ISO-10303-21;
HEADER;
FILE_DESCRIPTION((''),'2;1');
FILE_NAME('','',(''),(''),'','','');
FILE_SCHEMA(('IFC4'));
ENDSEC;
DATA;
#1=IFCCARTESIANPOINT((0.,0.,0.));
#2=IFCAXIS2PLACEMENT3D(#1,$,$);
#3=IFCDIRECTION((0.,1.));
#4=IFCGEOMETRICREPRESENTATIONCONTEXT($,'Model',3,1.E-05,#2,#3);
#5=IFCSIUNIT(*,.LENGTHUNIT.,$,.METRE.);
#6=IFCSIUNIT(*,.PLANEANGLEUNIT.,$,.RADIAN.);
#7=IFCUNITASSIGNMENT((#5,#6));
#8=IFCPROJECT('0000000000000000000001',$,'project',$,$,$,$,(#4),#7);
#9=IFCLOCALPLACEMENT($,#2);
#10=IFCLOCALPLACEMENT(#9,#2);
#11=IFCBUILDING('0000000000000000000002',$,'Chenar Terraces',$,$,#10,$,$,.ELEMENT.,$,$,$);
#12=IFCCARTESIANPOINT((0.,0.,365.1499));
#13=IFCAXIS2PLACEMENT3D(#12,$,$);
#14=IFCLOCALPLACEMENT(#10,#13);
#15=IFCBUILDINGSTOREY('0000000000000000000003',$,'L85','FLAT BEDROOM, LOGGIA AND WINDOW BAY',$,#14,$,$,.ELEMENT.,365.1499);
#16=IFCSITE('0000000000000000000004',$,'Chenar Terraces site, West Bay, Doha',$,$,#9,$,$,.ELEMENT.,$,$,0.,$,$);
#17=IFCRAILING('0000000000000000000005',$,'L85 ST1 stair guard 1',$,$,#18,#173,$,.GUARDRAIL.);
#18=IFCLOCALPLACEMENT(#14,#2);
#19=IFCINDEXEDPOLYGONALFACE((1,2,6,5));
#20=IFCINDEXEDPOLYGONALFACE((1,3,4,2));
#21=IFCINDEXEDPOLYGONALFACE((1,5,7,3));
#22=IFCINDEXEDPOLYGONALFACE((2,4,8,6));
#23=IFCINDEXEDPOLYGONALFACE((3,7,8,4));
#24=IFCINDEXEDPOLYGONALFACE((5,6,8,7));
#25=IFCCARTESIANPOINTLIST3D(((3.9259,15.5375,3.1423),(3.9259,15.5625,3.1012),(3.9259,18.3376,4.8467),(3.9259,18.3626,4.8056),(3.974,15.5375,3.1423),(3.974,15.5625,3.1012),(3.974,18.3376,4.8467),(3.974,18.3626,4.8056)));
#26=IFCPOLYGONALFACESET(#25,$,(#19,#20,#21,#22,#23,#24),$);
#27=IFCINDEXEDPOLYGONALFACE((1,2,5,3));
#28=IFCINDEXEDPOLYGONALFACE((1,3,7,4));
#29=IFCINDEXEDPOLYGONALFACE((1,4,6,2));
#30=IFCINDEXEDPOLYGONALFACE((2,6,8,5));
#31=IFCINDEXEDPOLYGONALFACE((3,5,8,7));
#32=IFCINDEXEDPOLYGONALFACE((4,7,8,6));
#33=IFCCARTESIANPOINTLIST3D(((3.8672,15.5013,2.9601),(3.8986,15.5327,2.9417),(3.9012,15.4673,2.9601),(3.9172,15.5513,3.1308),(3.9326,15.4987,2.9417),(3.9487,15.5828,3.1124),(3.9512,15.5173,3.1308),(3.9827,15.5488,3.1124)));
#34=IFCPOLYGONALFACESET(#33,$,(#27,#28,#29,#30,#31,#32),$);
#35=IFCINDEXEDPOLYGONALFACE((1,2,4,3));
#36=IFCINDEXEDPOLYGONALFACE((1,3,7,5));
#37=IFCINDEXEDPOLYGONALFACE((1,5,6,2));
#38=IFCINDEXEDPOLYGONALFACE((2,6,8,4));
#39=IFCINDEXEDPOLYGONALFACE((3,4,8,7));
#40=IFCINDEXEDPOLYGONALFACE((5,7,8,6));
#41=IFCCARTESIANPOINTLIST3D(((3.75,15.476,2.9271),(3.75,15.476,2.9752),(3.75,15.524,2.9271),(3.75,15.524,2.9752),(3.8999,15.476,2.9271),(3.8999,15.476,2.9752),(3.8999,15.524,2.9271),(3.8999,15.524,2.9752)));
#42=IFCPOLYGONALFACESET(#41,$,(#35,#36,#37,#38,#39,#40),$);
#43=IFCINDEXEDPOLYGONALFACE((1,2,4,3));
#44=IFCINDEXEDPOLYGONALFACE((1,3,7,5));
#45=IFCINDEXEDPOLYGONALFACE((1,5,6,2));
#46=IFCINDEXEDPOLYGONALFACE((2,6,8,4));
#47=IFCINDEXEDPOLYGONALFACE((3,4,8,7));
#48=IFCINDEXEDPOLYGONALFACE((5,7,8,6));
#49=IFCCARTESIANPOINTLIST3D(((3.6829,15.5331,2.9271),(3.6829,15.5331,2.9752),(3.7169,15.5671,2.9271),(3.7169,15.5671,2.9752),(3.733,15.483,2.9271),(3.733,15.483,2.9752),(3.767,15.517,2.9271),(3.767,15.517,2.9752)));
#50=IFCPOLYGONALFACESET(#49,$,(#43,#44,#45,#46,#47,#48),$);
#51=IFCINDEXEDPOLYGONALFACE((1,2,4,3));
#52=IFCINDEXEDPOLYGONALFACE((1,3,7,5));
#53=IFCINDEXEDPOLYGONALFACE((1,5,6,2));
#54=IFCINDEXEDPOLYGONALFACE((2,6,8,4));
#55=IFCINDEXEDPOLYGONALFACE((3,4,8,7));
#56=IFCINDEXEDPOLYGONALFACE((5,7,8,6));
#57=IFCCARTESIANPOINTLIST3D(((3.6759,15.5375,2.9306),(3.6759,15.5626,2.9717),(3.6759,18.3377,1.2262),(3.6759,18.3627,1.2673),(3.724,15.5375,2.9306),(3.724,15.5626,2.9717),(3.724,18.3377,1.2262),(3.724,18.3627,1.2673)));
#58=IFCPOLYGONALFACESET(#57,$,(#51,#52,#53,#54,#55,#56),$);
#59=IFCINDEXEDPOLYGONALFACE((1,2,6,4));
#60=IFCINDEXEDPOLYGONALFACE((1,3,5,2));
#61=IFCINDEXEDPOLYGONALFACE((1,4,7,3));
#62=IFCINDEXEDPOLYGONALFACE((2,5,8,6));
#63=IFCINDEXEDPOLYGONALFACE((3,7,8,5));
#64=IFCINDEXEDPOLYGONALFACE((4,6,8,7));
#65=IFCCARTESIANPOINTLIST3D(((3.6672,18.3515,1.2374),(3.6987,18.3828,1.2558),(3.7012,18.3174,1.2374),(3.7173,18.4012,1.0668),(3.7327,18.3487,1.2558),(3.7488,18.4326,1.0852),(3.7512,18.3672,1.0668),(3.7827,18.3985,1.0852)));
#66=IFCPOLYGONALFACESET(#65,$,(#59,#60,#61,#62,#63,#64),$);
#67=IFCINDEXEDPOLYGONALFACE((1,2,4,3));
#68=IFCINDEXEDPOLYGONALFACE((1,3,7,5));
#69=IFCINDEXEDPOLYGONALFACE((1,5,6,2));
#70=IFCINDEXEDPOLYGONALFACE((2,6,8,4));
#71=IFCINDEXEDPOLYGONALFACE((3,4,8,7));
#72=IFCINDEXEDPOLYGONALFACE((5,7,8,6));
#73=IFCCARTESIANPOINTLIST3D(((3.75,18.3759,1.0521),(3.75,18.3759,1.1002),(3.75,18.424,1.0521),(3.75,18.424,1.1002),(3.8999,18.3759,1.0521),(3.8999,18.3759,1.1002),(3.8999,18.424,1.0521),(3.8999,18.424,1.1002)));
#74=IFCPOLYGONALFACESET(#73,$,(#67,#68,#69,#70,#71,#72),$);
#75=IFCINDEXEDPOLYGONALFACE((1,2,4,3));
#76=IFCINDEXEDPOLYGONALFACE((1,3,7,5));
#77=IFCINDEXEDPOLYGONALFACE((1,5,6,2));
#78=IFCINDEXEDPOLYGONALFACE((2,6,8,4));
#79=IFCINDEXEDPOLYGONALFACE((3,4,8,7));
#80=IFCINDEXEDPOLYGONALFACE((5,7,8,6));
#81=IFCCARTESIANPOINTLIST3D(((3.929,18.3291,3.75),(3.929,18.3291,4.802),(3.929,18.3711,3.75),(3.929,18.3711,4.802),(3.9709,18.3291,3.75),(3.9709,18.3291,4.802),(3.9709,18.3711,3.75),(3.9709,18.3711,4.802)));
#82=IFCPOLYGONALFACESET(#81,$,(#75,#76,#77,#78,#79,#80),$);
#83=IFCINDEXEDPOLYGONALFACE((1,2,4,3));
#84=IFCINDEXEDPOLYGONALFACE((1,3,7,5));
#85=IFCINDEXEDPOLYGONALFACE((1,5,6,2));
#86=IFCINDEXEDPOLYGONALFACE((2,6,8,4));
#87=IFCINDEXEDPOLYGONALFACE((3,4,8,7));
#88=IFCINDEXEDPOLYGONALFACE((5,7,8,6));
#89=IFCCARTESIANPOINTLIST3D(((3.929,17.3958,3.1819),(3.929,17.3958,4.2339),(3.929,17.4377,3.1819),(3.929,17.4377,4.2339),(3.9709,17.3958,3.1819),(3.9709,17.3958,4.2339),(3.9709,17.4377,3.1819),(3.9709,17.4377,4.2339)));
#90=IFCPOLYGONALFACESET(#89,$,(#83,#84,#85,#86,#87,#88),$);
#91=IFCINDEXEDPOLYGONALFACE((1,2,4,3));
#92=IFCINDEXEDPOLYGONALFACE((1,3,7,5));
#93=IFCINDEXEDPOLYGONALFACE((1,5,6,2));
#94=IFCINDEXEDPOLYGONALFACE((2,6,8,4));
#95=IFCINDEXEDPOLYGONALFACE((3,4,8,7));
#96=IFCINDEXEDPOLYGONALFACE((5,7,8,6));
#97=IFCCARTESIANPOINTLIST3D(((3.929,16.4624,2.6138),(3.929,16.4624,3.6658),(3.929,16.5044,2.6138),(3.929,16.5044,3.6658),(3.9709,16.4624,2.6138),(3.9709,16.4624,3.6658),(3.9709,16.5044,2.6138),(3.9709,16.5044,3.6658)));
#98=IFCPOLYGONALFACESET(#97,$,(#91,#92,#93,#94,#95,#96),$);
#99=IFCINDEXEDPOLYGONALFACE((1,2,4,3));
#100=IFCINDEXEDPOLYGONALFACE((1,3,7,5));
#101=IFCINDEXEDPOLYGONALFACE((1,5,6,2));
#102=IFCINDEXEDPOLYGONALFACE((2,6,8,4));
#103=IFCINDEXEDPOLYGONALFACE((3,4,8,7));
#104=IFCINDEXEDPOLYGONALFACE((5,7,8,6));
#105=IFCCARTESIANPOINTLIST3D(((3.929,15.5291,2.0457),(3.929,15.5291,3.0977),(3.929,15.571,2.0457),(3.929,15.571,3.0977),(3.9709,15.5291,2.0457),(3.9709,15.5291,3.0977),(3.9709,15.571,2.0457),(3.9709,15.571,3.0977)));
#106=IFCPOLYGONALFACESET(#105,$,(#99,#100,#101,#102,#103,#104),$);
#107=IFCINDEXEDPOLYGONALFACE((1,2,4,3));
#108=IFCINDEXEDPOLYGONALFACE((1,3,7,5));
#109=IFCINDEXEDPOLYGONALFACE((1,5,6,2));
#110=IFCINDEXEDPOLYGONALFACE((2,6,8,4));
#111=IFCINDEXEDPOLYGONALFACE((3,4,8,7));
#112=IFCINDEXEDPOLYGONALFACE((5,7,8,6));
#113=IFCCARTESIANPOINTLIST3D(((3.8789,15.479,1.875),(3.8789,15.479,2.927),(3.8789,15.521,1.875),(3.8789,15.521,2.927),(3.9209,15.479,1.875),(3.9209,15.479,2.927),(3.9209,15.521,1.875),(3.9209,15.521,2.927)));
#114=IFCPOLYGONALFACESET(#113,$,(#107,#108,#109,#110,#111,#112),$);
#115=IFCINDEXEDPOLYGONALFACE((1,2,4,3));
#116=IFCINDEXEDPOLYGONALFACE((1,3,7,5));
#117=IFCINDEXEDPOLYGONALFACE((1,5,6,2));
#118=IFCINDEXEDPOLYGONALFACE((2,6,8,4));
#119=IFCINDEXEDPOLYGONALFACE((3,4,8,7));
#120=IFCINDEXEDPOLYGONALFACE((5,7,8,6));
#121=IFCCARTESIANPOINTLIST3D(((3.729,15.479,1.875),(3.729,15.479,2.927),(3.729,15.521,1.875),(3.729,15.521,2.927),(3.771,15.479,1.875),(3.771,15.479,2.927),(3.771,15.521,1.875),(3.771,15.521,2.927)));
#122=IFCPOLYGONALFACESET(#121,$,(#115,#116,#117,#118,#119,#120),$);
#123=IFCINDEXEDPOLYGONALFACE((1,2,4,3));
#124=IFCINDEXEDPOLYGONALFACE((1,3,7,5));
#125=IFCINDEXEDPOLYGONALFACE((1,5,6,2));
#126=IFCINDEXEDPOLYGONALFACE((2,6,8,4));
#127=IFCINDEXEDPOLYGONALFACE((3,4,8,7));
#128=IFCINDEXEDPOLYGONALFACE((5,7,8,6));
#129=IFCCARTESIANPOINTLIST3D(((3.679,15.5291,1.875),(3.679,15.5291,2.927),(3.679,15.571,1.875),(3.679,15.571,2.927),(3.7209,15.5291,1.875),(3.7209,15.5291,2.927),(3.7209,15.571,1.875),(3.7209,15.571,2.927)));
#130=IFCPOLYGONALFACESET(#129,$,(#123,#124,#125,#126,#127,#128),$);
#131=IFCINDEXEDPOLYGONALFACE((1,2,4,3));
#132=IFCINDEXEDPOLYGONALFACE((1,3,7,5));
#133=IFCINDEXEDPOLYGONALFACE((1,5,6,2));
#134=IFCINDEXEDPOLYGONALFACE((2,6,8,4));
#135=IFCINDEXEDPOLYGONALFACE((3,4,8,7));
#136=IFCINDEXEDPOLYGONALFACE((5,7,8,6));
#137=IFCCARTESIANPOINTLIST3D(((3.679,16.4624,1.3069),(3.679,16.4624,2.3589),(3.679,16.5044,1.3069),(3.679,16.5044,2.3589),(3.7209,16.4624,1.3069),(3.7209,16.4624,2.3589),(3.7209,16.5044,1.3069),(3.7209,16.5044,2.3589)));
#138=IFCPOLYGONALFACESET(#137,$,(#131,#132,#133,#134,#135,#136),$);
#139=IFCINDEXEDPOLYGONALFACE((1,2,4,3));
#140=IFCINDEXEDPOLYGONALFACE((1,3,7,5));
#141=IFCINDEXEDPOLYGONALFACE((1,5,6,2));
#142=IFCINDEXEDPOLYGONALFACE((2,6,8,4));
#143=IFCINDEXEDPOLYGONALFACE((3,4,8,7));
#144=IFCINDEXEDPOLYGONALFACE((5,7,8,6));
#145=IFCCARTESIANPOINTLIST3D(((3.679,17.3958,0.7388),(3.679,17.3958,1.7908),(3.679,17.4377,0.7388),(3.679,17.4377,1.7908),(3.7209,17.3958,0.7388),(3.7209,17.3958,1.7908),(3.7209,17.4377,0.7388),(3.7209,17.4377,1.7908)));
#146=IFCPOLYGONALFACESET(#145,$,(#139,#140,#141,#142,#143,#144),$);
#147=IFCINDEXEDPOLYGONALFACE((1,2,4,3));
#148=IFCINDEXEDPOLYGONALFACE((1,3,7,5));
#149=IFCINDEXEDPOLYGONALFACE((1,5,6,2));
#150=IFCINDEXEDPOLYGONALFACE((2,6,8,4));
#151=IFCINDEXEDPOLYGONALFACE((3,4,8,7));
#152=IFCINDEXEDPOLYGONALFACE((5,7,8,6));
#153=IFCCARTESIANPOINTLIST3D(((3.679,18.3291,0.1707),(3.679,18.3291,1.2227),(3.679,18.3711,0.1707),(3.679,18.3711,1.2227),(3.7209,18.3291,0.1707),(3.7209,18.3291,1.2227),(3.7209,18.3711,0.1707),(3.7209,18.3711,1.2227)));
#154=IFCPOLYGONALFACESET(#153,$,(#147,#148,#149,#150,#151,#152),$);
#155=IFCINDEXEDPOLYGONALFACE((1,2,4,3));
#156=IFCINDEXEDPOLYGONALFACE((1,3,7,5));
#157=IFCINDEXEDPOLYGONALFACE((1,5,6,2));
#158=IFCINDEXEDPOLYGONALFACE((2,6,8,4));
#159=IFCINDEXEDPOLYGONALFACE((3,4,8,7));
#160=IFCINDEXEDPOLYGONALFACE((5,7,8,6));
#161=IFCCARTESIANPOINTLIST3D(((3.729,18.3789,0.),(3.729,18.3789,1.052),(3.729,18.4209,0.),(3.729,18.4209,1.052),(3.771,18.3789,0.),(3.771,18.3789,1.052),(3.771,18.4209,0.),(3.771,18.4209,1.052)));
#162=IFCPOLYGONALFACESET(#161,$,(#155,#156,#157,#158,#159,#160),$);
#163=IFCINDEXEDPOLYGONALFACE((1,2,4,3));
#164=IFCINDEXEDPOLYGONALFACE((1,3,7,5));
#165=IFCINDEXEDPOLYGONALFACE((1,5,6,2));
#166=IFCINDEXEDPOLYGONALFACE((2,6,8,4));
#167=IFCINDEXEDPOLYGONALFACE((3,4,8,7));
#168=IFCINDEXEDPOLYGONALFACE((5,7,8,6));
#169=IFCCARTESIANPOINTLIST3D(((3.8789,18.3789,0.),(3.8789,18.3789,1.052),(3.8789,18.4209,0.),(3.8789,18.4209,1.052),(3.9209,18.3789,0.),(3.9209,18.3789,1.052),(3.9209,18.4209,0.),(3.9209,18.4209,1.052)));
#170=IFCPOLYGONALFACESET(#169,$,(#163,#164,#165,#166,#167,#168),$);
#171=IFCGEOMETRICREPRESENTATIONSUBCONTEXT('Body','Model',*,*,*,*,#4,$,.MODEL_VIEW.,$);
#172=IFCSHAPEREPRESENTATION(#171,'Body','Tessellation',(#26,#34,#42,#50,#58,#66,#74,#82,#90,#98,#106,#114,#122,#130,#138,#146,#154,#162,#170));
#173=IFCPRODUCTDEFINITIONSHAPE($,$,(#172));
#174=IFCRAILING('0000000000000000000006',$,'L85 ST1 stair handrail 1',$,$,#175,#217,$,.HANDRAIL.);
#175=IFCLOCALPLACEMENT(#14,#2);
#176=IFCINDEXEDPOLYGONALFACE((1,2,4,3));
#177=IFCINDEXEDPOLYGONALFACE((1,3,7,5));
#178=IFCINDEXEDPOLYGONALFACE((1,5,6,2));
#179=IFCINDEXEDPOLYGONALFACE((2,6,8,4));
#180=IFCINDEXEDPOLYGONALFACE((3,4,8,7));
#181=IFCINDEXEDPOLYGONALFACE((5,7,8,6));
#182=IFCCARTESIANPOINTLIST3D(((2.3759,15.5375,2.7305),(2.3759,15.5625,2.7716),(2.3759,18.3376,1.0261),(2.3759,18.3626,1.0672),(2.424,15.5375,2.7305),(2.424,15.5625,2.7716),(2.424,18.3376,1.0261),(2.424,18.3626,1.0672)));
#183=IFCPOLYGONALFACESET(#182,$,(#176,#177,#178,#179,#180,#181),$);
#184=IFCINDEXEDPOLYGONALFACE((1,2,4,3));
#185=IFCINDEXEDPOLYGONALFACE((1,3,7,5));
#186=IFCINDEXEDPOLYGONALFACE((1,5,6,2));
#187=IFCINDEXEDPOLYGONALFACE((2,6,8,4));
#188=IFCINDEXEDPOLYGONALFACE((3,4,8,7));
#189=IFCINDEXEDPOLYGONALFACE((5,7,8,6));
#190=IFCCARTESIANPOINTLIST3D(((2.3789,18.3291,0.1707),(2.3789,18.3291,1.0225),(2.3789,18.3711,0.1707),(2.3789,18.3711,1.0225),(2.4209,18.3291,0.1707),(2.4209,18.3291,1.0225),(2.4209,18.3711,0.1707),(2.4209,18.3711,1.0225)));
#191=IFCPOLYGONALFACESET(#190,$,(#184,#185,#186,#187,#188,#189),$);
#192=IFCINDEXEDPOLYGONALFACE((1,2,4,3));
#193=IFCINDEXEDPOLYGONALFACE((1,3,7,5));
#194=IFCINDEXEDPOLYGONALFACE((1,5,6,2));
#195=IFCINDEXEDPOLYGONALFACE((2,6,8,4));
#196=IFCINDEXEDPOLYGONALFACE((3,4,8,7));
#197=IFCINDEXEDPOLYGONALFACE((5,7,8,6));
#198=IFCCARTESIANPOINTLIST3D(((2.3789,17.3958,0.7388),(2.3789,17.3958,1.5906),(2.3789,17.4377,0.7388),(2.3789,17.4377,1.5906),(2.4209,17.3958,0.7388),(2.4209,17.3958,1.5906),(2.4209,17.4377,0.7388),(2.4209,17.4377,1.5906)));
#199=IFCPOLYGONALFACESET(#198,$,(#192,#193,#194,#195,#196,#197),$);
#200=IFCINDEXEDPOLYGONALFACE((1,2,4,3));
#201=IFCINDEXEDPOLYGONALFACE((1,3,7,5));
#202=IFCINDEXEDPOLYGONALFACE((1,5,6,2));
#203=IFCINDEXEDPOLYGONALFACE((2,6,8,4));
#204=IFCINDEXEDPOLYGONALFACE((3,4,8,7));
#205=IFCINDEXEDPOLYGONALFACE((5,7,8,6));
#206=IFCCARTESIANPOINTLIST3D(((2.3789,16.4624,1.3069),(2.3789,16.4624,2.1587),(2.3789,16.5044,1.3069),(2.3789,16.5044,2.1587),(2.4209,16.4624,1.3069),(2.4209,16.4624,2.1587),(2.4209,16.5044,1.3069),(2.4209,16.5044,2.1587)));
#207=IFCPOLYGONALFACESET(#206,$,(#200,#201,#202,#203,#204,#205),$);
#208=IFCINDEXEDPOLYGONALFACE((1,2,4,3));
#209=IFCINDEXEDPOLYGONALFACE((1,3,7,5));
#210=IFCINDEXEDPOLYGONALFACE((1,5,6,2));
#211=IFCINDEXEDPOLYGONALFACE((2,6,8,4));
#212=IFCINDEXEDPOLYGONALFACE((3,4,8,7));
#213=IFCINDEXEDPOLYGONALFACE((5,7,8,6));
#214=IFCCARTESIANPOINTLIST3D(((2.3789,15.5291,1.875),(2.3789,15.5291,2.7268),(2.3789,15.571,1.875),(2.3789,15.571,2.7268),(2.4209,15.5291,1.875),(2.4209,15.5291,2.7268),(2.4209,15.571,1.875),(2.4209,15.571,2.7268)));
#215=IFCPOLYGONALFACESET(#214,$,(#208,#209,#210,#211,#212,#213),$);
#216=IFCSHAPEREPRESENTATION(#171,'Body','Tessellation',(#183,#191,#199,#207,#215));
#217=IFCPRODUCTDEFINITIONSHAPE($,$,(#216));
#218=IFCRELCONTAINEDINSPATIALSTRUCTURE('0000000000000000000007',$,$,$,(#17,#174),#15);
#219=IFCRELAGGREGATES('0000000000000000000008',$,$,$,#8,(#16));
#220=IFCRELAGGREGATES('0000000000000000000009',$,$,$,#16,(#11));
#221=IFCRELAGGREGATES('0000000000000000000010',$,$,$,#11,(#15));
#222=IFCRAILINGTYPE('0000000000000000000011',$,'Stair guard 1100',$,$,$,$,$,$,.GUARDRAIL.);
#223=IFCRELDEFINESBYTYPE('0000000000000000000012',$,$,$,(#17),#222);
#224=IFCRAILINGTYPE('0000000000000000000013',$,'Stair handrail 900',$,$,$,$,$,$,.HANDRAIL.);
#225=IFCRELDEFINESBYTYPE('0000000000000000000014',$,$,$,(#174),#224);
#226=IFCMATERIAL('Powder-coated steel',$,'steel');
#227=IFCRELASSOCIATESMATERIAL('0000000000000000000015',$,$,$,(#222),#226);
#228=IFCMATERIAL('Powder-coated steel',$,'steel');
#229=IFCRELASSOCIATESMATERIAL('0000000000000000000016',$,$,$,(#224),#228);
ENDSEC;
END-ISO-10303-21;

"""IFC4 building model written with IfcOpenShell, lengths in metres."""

from ifc_helpers import new_model, si_unit, direction, frame, origin, origin_2d, place, context, subcontext, project, spatial, rectangle, extrude, material, type_object, element, save


model = new_model("IFC4")

# Units and contexts
model_context = context("Model", 3, precision=1e-05, world=origin(), true_north=direction((0.0, 1.0)))
body_context = subcontext(model_context, "Body", "Model", "MODEL_VIEW")
ifc_project = project(units=[si_unit("LENGTHUNIT", "METRE"), si_unit("PLANEANGLEUNIT", "RADIAN")], contexts=[model_context])

# Site, building, storey
site_placement = place(None, origin())
site = spatial("IfcSite", under=ifc_project, at=site_placement, Name="Chenar Terraces site, West Bay, Doha", CompositionType="ELEMENT", RefElevation=0.0)
building_placement = place(site_placement, origin())
building = spatial("IfcBuilding", under=site, at=building_placement, Name="Chenar Terraces", CompositionType="ELEMENT")
storey_placement = place(building_placement, frame((0.0, 0.0, 365.1499)))
storey = spatial("IfcBuildingStorey", under=building, at=storey_placement, Name="L85", Description="FLAT BEDROOM, LOGGIA AND WINDOW BAY", CompositionType="ELEMENT", Elevation=365.1499)

# Railings
ifc_material_1 = material(Name="Powder-coated steel", Category="steel")
railing_type_1 = type_object("IfcRailingType", Name="Stair guard 1100", PredefinedType="GUARDRAIL", material=ifc_material_1)
railing_1_placement = place(storey_placement, frame((3.95, 18.3501, 3.75)))
element("IfcRailing", 1, at=railing_1_placement, inside=storey, type_object=railing_type_1, Name="L85 ST1 stair guard 1", PredefinedType="GUARDRAIL", context=body_context, shape_type="SweptSolid", body=[
    extrude(rectangle(XDim=0.0481, YDim=0.0481, at=origin_2d()), frame((0.0, 0.0, 1.0762), z_axis=(0.0, -0.854203, -0.51994), x_axis=(1.0, 0.0, 0.0)), (0.0, 0.0, 1.0), 3.2781),
    extrude(rectangle(XDim=0.0481, YDim=0.0481, at=origin_2d()), frame((0.0, -2.8, -0.6284), z_axis=(-0.2709, -0.2709, -0.923703), x_axis=(0.707107, -0.707107, 0.0)), (0.0, 0.0, 1.0), 0.1848),
    extrude(rectangle(XDim=0.0481, YDim=0.0481, at=origin_2d()), frame((-0.05, -2.8501, -0.7988), z_axis=(-1.0, 0.0, 0.0), x_axis=(0.0, -1.0, 0.0)), (0.0, 0.0, 1.0), 0.1499),
    extrude(rectangle(XDim=0.0481, YDim=0.0481, at=origin_2d()), frame((-0.2, -2.8501, -0.7988), z_axis=(-0.707107, 0.707107, 0.0), x_axis=(-0.707107, -0.707107, 0.0)), (0.0, 0.0, 1.0), 0.0708),
    extrude(rectangle(XDim=0.0481, YDim=0.0481, at=origin_2d()), frame((-0.25, -2.8, -0.7988), z_axis=(0.0, 0.854203, -0.51994), x_axis=(-1.0, 0.0, 0.0)), (0.0, 0.0, 1.0), 3.2781),
    extrude(rectangle(XDim=0.0481, YDim=0.0481, at=origin_2d()), frame((-0.25, 0.0, -2.5034), z_axis=(0.270997, 0.269675, -0.924033), x_axis=(-0.705376, 0.708834, 0.0)), (0.0, 0.0, 1.0), 0.1846),
    extrude(rectangle(XDim=0.0481, YDim=0.0481, at=origin_2d()), frame((-0.2, 0.0498, -2.6738), z_axis=(1.0, 0.0, 0.0), x_axis=(0.0, 1.0, 0.0)), (0.0, 0.0, 1.0), 0.1499),
    extrude(rectangle(XDim=0.042, YDim=0.042, at=origin_2d()), origin(), (0.0, 0.0, 1.0), 1.052),
    extrude(rectangle(XDim=0.042, YDim=0.042, at=origin_2d()), frame((0.0, -0.9333, -0.5681)), (0.0, 0.0, 1.0), 1.052),
    extrude(rectangle(XDim=0.042, YDim=0.042, at=origin_2d()), frame((0.0, -1.8667, -1.1362)), (0.0, 0.0, 1.0), 1.052),
    extrude(rectangle(XDim=0.042, YDim=0.042, at=origin_2d()), frame((0.0, -2.8, -1.7043)), (0.0, 0.0, 1.0), 1.052),
    extrude(rectangle(XDim=0.042, YDim=0.042, at=origin_2d()), frame((-0.05, -2.8501, -1.875)), (0.0, 0.0, 1.0), 1.052),
    extrude(rectangle(XDim=0.042, YDim=0.042, at=origin_2d()), frame((-0.2, -2.8501, -1.875)), (0.0, 0.0, 1.0), 1.052),
    extrude(rectangle(XDim=0.042, YDim=0.042, at=origin_2d()), frame((-0.25, -2.8, -1.875)), (0.0, 0.0, 1.0), 1.052),
    extrude(rectangle(XDim=0.042, YDim=0.042, at=origin_2d()), frame((-0.25, -1.8667, -2.4431)), (0.0, 0.0, 1.0), 1.052),
    extrude(rectangle(XDim=0.042, YDim=0.042, at=origin_2d()), frame((-0.25, -0.9333, -3.0112)), (0.0, 0.0, 1.0), 1.052),
    extrude(rectangle(XDim=0.042, YDim=0.042, at=origin_2d()), frame((-0.25, 0.0, -3.5793)), (0.0, 0.0, 1.0), 1.052),
    extrude(rectangle(XDim=0.042, YDim=0.042, at=origin_2d()), frame((-0.2, 0.0498, -3.75)), (0.0, 0.0, 1.0), 1.052),
    extrude(rectangle(XDim=0.042, YDim=0.042, at=origin_2d()), frame((-0.05, 0.0498, -3.75)), (0.0, 0.0, 1.0), 1.052),
])
ifc_material_2 = material(Name="Powder-coated steel", Category="steel")
railing_type_2 = type_object("IfcRailingType", Name="Stair handrail 900", PredefinedType="HANDRAIL", material=ifc_material_2)
railing_2_placement = place(storey_placement, frame((2.3999, 18.3501, 0.1707)))
element("IfcRailing", 2, at=railing_2_placement, inside=storey, type_object=railing_type_2, Name="L85 ST1 stair handrail 1", PredefinedType="HANDRAIL", context=body_context, shape_type="SweptSolid", body=[
    extrude(rectangle(XDim=0.0481, YDim=0.0481, at=origin_2d()), frame((0.0, 0.0, 0.876), z_axis=(0.0, -0.854203, 0.51994), x_axis=(1.0, 0.0, 0.0)), (0.0, 0.0, 1.0), 3.2781),
    extrude(rectangle(XDim=0.042, YDim=0.042, at=origin_2d()), origin(), (0.0, 0.0, 1.0), 0.8518),
    extrude(rectangle(XDim=0.042, YDim=0.042, at=origin_2d()), frame((0.0, -0.9333, 0.5681)), (0.0, 0.0, 1.0), 0.8518),
    extrude(rectangle(XDim=0.042, YDim=0.042, at=origin_2d()), frame((0.0, -1.8667, 1.1362)), (0.0, 0.0, 1.0), 0.8518),
    extrude(rectangle(XDim=0.042, YDim=0.042, at=origin_2d()), frame((0.0, -2.8, 1.7043)), (0.0, 0.0, 1.0), 0.8518),
])

save(model, "model.ifc")
